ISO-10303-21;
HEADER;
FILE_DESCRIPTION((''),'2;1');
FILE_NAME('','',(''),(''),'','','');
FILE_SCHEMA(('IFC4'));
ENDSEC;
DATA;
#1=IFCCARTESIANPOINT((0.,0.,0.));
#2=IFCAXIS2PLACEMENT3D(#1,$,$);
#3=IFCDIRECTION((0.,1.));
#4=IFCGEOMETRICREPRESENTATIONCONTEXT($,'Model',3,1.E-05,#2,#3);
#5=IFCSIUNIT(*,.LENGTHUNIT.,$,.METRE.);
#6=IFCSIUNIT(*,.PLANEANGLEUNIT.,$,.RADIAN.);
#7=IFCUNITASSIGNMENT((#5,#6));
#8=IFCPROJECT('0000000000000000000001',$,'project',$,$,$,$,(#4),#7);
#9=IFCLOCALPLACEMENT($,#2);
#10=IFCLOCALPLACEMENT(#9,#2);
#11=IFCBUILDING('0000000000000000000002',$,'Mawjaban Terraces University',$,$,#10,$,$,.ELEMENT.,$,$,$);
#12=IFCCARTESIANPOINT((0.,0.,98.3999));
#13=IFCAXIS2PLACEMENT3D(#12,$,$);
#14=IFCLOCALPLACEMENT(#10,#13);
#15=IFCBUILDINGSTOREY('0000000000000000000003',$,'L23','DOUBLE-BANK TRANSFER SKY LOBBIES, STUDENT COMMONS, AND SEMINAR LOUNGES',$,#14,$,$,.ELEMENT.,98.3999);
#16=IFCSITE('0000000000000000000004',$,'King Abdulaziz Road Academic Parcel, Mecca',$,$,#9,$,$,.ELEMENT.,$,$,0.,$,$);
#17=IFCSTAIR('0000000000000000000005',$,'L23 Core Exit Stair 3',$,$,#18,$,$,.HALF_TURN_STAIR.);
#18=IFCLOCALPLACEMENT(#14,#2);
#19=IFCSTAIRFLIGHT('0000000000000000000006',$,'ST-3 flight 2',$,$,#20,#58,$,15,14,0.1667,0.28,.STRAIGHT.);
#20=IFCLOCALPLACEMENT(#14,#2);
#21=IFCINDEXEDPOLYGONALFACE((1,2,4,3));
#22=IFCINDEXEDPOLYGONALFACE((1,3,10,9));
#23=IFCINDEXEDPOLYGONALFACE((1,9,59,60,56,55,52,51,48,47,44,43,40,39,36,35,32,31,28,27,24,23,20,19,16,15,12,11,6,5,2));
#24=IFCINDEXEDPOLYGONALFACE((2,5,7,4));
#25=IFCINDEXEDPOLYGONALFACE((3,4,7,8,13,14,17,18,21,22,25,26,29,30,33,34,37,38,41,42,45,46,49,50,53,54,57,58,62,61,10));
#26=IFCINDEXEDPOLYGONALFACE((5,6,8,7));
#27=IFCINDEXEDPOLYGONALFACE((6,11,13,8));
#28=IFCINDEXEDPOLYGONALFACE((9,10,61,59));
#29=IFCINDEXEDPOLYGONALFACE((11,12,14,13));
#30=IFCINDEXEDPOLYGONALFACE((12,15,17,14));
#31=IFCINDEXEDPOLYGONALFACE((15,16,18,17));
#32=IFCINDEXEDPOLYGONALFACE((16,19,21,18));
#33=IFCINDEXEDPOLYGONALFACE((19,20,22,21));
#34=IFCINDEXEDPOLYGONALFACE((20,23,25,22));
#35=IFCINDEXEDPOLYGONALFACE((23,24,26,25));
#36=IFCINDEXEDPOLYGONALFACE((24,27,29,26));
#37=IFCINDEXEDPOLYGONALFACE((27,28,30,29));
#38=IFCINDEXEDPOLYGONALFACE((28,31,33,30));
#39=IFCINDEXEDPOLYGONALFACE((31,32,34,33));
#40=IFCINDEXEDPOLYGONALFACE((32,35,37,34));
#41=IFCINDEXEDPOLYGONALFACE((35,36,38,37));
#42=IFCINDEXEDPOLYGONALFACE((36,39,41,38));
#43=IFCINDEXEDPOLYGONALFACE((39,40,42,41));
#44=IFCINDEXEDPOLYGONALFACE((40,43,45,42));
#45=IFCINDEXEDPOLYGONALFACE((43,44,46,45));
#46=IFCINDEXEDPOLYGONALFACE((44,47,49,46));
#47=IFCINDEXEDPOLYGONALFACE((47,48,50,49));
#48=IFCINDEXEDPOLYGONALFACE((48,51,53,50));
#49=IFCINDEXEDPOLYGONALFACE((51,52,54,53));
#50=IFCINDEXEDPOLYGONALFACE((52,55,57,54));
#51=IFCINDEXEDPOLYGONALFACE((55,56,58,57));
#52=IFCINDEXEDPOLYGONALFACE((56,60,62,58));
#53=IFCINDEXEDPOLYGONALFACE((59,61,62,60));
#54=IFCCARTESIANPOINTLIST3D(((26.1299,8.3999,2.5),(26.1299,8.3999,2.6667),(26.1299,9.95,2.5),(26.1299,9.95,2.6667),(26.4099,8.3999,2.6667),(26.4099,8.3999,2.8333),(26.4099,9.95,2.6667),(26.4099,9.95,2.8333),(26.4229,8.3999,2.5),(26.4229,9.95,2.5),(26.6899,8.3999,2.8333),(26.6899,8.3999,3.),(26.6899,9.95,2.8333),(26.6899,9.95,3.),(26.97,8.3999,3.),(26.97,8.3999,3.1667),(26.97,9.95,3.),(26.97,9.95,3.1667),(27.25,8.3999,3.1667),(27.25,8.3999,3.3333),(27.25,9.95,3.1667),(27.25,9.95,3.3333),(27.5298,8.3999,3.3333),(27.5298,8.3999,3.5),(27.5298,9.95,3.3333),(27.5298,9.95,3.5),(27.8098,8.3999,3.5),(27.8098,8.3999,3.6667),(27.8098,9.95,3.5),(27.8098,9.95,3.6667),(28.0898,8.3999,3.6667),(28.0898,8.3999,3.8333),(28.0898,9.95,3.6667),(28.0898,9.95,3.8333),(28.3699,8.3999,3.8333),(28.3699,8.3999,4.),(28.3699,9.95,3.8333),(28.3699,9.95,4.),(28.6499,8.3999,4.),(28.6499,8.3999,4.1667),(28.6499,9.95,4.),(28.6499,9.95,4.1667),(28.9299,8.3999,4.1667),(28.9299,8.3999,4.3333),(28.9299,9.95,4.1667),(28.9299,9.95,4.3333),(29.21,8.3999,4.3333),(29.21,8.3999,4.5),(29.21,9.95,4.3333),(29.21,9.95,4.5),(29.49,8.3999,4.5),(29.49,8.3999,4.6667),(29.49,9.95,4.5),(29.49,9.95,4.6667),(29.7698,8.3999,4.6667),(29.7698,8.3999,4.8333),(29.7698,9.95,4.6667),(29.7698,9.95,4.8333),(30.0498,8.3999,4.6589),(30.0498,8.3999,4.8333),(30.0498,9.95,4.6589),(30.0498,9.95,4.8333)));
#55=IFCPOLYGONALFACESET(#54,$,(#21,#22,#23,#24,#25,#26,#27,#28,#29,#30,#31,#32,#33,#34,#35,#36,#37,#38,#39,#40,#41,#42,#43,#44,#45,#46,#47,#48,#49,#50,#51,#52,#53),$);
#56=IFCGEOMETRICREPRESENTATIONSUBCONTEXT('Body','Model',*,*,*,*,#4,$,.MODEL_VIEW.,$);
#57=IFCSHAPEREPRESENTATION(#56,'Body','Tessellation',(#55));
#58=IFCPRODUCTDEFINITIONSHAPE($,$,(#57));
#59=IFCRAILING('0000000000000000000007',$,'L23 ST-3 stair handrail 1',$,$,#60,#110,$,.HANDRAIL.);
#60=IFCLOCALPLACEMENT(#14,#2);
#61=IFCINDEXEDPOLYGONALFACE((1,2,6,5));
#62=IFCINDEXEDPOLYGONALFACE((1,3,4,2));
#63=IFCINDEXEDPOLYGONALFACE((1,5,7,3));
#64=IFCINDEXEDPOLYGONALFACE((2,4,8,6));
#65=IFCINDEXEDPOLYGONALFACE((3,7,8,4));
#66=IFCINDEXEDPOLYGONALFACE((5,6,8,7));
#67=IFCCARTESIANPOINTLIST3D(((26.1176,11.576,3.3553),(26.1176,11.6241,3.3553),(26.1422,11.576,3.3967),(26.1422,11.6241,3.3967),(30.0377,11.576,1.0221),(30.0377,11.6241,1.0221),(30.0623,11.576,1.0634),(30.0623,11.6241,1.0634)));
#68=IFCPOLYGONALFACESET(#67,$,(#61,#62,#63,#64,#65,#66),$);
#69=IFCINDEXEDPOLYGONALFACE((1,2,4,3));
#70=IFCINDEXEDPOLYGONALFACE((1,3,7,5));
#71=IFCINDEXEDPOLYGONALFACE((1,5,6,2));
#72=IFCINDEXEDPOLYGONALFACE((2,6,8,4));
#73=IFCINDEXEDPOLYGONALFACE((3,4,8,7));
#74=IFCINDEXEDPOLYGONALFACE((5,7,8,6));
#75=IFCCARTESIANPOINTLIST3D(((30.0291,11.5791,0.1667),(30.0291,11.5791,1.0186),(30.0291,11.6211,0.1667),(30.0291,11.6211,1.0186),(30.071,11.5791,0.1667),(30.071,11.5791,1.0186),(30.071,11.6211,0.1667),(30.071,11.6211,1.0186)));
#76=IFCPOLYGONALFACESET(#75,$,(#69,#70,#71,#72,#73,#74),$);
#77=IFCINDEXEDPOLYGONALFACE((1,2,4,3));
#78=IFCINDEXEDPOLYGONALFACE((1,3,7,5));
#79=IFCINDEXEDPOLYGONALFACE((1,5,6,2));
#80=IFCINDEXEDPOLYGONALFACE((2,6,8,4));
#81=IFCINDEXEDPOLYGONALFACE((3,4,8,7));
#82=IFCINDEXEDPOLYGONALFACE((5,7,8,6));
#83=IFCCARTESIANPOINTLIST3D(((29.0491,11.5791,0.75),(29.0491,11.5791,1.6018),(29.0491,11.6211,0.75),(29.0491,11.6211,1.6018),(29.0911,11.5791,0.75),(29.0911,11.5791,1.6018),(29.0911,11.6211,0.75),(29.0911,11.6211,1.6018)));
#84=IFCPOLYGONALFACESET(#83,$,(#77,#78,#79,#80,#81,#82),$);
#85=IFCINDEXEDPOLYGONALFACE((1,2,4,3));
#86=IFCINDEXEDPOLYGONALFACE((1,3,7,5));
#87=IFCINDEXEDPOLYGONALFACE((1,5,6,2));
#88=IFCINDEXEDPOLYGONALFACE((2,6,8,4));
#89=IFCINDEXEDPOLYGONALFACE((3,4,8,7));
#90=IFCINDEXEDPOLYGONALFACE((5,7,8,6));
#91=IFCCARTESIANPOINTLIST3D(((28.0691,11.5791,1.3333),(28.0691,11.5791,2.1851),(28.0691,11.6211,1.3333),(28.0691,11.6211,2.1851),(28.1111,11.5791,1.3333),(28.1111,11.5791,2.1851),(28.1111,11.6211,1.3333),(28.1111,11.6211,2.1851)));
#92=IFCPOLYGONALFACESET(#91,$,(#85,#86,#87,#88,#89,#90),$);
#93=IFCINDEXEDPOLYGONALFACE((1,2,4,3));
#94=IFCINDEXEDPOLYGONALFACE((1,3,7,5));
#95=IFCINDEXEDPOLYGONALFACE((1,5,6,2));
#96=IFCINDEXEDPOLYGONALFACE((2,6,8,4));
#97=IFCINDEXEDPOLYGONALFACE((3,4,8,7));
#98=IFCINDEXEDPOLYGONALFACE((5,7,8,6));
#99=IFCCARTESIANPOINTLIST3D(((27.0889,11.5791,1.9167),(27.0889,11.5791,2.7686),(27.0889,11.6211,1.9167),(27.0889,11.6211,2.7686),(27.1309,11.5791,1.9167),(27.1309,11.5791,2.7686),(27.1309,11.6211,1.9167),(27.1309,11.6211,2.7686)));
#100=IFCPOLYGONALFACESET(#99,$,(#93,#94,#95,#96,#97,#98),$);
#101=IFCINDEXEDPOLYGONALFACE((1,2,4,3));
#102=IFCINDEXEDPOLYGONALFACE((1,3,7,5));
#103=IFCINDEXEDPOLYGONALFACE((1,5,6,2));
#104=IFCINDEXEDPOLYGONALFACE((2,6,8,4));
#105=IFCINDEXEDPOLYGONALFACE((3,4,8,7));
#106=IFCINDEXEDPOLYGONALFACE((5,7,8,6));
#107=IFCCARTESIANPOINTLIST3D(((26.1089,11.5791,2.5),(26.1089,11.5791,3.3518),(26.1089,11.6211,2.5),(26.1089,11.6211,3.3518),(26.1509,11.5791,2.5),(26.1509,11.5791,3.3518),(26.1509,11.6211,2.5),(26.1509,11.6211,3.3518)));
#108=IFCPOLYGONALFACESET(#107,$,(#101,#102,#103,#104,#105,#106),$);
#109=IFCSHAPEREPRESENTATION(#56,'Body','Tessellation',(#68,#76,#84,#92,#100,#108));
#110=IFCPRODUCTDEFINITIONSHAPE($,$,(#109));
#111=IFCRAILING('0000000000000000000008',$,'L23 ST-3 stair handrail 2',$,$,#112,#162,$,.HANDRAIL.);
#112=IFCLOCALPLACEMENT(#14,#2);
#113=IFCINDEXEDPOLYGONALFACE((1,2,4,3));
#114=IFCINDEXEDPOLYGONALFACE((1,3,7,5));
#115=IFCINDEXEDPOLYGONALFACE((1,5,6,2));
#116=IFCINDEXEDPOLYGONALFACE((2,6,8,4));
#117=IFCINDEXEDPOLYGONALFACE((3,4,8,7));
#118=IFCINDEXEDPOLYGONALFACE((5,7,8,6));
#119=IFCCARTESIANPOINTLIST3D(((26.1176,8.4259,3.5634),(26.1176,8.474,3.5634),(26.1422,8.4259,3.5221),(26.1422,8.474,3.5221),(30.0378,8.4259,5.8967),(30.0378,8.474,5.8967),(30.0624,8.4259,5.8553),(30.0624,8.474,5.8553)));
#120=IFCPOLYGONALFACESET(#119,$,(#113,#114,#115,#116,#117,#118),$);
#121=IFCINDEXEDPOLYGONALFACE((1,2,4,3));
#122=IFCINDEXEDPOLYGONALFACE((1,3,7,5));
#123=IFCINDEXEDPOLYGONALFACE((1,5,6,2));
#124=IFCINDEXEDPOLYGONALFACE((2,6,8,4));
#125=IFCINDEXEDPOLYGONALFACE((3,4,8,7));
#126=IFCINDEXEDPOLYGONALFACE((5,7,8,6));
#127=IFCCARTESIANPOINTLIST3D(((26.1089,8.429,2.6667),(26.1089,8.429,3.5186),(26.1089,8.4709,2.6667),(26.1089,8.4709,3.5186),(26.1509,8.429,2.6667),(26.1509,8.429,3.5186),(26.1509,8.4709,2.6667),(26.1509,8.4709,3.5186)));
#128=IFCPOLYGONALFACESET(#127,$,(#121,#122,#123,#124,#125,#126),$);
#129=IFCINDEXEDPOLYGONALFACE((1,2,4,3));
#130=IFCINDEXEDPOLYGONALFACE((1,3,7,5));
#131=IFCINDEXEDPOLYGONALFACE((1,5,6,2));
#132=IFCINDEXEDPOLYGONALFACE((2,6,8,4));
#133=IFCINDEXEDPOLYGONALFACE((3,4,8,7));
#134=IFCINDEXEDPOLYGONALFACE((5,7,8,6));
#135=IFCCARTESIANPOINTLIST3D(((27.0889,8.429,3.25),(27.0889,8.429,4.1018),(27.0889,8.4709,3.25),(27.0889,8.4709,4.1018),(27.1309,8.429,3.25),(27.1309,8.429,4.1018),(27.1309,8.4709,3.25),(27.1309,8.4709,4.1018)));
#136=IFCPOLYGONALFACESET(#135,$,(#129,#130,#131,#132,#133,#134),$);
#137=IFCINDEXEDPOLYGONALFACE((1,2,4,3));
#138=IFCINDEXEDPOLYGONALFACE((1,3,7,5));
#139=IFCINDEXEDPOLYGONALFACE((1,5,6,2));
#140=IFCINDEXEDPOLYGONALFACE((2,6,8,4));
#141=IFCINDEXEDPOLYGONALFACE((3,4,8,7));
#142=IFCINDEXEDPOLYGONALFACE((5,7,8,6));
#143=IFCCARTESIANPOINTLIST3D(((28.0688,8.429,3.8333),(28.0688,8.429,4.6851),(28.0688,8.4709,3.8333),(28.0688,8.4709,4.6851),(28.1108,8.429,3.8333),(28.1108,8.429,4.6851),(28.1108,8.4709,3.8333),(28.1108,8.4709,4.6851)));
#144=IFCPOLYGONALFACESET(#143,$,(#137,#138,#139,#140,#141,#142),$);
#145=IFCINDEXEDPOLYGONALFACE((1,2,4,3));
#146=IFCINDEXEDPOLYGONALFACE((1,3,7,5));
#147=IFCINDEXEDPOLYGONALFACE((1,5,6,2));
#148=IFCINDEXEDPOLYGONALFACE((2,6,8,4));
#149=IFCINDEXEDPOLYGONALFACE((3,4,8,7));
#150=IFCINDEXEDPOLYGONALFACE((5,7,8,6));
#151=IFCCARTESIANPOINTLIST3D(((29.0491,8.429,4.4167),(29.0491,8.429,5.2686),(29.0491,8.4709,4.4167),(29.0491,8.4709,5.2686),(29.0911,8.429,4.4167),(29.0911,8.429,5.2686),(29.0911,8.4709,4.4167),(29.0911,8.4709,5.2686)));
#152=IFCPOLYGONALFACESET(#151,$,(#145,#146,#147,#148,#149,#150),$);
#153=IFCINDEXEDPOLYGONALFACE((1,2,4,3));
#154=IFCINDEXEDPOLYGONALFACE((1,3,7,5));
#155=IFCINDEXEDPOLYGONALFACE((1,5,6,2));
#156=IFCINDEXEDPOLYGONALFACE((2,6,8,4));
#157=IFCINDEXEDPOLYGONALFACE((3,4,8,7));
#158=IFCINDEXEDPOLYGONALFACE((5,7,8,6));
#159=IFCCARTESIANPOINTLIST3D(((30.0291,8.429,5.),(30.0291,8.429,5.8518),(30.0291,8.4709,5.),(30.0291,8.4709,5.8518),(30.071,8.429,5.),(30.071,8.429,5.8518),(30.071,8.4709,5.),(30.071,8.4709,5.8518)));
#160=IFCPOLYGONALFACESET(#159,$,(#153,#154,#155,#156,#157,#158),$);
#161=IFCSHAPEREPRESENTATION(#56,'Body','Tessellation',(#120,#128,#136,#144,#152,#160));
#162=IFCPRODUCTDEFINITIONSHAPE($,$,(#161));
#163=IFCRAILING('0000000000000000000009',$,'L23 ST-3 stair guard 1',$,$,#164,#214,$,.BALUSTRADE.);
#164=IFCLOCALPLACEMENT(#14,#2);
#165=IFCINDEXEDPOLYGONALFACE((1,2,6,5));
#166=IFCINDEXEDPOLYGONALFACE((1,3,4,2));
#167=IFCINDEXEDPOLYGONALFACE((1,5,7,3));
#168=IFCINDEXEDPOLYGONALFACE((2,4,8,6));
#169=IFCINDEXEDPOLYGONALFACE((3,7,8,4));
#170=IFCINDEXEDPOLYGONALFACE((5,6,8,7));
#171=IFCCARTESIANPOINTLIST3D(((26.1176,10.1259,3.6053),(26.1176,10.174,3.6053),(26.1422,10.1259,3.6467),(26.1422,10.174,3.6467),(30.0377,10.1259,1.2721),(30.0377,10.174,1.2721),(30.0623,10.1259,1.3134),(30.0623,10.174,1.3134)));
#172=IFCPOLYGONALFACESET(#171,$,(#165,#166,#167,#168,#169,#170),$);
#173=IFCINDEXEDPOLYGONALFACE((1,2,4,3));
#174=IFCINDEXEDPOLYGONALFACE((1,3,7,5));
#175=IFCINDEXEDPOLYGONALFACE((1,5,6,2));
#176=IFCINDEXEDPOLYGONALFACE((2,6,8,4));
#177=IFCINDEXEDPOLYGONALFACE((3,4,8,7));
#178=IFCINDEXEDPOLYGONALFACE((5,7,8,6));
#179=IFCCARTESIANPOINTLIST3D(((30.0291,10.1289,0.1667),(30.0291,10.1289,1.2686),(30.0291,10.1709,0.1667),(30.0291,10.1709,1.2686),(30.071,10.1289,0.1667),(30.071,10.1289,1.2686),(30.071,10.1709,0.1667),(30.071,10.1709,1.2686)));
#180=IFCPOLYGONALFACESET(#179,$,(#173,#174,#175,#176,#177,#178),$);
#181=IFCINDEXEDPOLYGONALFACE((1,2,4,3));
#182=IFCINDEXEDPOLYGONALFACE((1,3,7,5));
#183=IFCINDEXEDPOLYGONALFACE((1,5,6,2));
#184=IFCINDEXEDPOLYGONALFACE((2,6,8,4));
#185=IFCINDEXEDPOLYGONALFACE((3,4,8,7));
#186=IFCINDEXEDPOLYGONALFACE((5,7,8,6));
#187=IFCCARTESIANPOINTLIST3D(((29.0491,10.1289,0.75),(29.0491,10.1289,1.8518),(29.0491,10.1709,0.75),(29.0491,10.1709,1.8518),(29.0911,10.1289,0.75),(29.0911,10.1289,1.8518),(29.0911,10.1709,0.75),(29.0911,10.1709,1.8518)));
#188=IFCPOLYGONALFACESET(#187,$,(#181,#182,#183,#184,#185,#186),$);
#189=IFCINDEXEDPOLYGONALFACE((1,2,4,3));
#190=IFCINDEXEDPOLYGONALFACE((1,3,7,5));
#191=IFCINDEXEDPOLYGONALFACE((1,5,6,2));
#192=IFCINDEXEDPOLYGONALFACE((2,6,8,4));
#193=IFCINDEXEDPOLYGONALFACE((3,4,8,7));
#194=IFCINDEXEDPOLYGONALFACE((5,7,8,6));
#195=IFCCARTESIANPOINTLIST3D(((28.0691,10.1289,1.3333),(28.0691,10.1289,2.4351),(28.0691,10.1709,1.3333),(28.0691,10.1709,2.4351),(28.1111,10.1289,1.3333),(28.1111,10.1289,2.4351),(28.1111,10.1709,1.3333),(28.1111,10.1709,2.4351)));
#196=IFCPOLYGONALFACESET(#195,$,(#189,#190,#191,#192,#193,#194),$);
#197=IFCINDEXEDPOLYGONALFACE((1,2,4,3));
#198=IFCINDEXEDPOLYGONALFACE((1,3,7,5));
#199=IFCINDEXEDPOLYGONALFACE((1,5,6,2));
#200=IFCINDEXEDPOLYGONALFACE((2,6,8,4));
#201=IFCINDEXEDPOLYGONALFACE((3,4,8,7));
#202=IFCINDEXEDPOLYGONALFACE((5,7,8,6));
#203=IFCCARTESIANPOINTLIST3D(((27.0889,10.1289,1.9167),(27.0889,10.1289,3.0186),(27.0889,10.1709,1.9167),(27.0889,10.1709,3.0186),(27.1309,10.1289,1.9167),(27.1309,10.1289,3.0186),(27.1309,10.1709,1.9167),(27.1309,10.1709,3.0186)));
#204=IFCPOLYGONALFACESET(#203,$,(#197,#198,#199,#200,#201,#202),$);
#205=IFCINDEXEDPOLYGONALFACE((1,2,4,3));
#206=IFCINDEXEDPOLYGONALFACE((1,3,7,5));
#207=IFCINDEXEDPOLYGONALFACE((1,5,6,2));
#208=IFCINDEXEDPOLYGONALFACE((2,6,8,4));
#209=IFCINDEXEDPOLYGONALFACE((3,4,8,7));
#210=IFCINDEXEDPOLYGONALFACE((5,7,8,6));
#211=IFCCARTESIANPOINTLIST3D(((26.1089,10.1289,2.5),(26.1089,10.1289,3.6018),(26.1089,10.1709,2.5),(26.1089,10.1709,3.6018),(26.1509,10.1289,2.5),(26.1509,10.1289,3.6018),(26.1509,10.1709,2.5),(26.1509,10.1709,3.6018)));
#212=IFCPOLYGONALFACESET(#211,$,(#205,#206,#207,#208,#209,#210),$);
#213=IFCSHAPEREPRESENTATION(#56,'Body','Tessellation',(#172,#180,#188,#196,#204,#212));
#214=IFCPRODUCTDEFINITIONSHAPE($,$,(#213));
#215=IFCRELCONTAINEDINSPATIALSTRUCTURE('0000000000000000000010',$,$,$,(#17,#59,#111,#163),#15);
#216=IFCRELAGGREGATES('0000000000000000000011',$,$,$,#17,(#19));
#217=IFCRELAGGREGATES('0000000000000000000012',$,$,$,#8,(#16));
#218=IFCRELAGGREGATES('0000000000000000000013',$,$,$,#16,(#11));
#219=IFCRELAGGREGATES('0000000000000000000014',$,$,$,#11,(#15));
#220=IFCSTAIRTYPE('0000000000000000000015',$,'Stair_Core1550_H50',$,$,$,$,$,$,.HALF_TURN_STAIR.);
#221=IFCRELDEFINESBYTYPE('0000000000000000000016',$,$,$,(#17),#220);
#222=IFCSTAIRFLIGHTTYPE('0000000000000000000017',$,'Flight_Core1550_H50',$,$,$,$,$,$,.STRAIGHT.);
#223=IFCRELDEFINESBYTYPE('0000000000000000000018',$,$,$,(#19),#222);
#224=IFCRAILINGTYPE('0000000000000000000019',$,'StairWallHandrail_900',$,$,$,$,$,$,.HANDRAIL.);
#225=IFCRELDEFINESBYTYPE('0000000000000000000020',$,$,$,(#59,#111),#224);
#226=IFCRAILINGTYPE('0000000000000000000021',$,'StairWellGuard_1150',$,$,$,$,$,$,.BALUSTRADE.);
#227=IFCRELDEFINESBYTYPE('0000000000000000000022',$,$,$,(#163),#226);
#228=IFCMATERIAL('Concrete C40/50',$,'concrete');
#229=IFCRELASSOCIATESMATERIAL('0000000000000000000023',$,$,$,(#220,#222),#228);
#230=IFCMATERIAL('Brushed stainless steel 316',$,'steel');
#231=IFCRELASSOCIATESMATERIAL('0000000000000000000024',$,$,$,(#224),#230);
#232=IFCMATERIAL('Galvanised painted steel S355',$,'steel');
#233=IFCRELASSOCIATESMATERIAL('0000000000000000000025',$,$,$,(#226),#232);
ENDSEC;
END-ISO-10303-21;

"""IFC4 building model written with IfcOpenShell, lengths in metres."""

from ifc_helpers import new_model, si_unit, direction, frame, origin, origin_2d, place, context, subcontext, project, spatial, polyline, rectangle, outline, extrude, material, type_object, element, aggregate, save


model = new_model("IFC4")

# Units and contexts
model_context = context("Model", 3, precision=1e-05, world=origin(), true_north=direction((0.0, 1.0)))
body_context = subcontext(model_context, "Body", "Model", "MODEL_VIEW")
ifc_project = project(units=[si_unit("LENGTHUNIT", "METRE"), si_unit("PLANEANGLEUNIT", "RADIAN")], contexts=[model_context])

# Site, building, storey
site_placement = place(None, origin())
site = spatial("IfcSite", under=ifc_project, at=site_placement, Name="King Abdulaziz Road Academic Parcel, Mecca", CompositionType="ELEMENT", RefElevation=0.0)
building_placement = place(site_placement, origin())
building = spatial("IfcBuilding", under=site, at=building_placement, Name="Mawjaban Terraces University", CompositionType="ELEMENT")
storey_placement = place(building_placement, frame((0.0, 0.0, 98.3999)))
storey = spatial("IfcBuildingStorey", under=building, at=storey_placement, Name="L23", Description="DOUBLE-BANK TRANSFER SKY LOBBIES, STUDENT COMMONS, AND SEMINAR LOUNGES", CompositionType="ELEMENT", Elevation=98.3999)

# Shared definitions
ifc_material_1 = material(Name="Concrete C40/50", Category="concrete")

# Stair, stair flight
stair_type = type_object("IfcStairType", Name="Stair_Core1550_H50", PredefinedType="HALF_TURN_STAIR", material=ifc_material_1)
stair_placement = place(storey_placement, origin())
stair = element("IfcStair", 1, at=stair_placement, inside=storey, type_object=stair_type, Name="L23 Core Exit Stair 3", PredefinedType="HALF_TURN_STAIR")
stair_flight_type = type_object("IfcStairFlightType", Name="Flight_Core1550_H50", PredefinedType="STRAIGHT", material=ifc_material_1)
stair_flight_1_placement = place(storey_placement, frame((26.1299, 9.175, 2.5), z_axis=(0.0, 0.0, 1.0), x_axis=(1.0, 0.0, 0.0)))
stair_flight_1 = element("IfcStairFlight", 2, at=stair_flight_1_placement, type_object=stair_flight_type, Name="ST-3 flight 2", NumberOfRisers=15, NumberOfTreads=14, PredefinedType="STRAIGHT", RiserHeight=0.1667, TreadLength=0.28, context=body_context, shape_type="SweptSolid", body=[
    extrude(outline(polyline([(0.0, 0.0), (0.0, 0.1667), (0.28, 0.1667), (0.28, 0.3333), (0.5601, 0.3333), (0.5601, 0.5), (0.8401, 0.5), (0.8401, 0.6667), (1.1201, 0.6667), (1.1201, 0.8333), (1.3999, 0.8333), (1.3999, 1.0), (1.6799, 1.0), (1.6799, 1.1667), (1.96, 1.1667), (1.96, 1.3333), (2.24, 1.3333), (2.24, 1.5), (2.52, 1.5), (2.52, 1.6667), (2.8, 1.6667), (2.8, 1.8333), (3.0801, 1.8333), (3.0801, 2.0), (3.3601, 2.0), (3.3601, 2.1667), (3.6399, 2.1667), (3.6399, 2.3333), (3.9199, 2.3333), (3.9199, 2.5), (3.9199, 2.1589), (0.293, 0.0), (0.0, 0.0)])), frame((0.0, 0.7749, 0.0), z_axis=(0.0, -1.0, 0.0), x_axis=(1.0, 0.0, 0.0)), (0.0, 0.0, 1.0), 1.55),
])
aggregate(stair, [stair_flight_1])

# Railings
ifc_material_2 = material(Name="Brushed stainless steel 316", Category="steel")
railing_type_1 = type_object("IfcRailingType", Name="StairWallHandrail_900", PredefinedType="HANDRAIL", material=ifc_material_2)
railing_1_placement = place(storey_placement, frame((30.05, 11.6001, 0.1667)))
element("IfcRailing", 3, at=railing_1_placement, inside=storey, type_object=railing_type_1, Name="L23 ST-3 stair handrail 1", PredefinedType="HANDRAIL", context=body_context, shape_type="SweptSolid", body=[
    extrude(rectangle(XDim=0.0481, YDim=0.0481, at=origin_2d()), frame((0.0, 0.0, 0.876), z_axis=(-0.85931, 0.0, 0.511455), x_axis=(0.0, -1.0, 0.0)), (0.0, 0.0, 1.0), 4.562),
    extrude(rectangle(XDim=0.042, YDim=0.042, at=origin_2d()), origin(), (0.0, 0.0, 1.0), 0.8518),
    extrude(rectangle(XDim=0.042, YDim=0.042, at=origin_2d()), frame((-0.98, 0.0, 0.5833)), (0.0, 0.0, 1.0), 0.8518),
    extrude(rectangle(XDim=0.042, YDim=0.042, at=origin_2d()), frame((-1.96, 0.0, 1.1665)), (0.0, 0.0, 1.0), 0.8518),
    extrude(rectangle(XDim=0.042, YDim=0.042, at=origin_2d()), frame((-2.9402, 0.0, 1.75)), (0.0, 0.0, 1.0), 0.8518),
    extrude(rectangle(XDim=0.042, YDim=0.042, at=origin_2d()), frame((-3.9202, 0.0, 2.3333)), (0.0, 0.0, 1.0), 0.8518),
])
railing_2_placement = place(storey_placement, frame((26.1299, 8.45, 2.6667)))
element("IfcRailing", 4, at=railing_2_placement, inside=storey, type_object=railing_type_1, Name="L23 ST-3 stair handrail 2", PredefinedType="HANDRAIL", context=body_context, shape_type="SweptSolid", body=[
    extrude(rectangle(XDim=0.0481, YDim=0.0481, at=origin_2d()), frame((0.0, 0.0, 0.876), z_axis=(0.85931, 0.0, 0.511455), x_axis=(0.0, 1.0, 0.0)), (0.0, 0.0, 1.0), 4.562),
    extrude(rectangle(XDim=0.042, YDim=0.042, at=origin_2d()), origin(), (0.0, 0.0, 1.0), 0.8518),
    extrude(rectangle(XDim=0.042, YDim=0.042, at=origin_2d()), frame((0.98, 0.0, 0.5833)), (0.0, 0.0, 1.0), 0.8518),
    extrude(rectangle(XDim=0.042, YDim=0.042, at=origin_2d()), frame((1.96, 0.0, 1.1665)), (0.0, 0.0, 1.0), 0.8518),
    extrude(rectangle(XDim=0.042, YDim=0.042, at=origin_2d()), frame((2.9402, 0.0, 1.75)), (0.0, 0.0, 1.0), 0.8518),
    extrude(rectangle(XDim=0.042, YDim=0.042, at=origin_2d()), frame((3.9202, 0.0, 2.3333)), (0.0, 0.0, 1.0), 0.8518),
])
ifc_material_3 = material(Name="Galvanised painted steel S355", Category="steel")
railing_type_2 = type_object("IfcRailingType", Name="StairWellGuard_1150", PredefinedType="BALUSTRADE", material=ifc_material_3)
railing_3_placement = place(storey_placement, frame((30.05, 10.1499, 0.1667)))
element("IfcRailing", 5, at=railing_3_placement, inside=storey, type_object=railing_type_2, Name="L23 ST-3 stair guard 1", PredefinedType="BALUSTRADE", context=body_context, shape_type="SweptSolid", body=[
    extrude(rectangle(XDim=0.0481, YDim=0.0481, at=origin_2d()), frame((0.0, 0.0, 1.126), z_axis=(-0.85931, 0.0, 0.511455), x_axis=(0.0, -1.0, 0.0)), (0.0, 0.0, 1.0), 4.562),
    extrude(rectangle(XDim=0.042, YDim=0.042, at=origin_2d()), origin(), (0.0, 0.0, 1.0), 1.1018),
    extrude(rectangle(XDim=0.042, YDim=0.042, at=origin_2d()), frame((-0.98, 0.0, 0.5833)), (0.0, 0.0, 1.0), 1.1018),
    extrude(rectangle(XDim=0.042, YDim=0.042, at=origin_2d()), frame((-1.96, 0.0, 1.1665)), (0.0, 0.0, 1.0), 1.1018),
    extrude(rectangle(XDim=0.042, YDim=0.042, at=origin_2d()), frame((-2.9402, 0.0, 1.75)), (0.0, 0.0, 1.0), 1.1018),
    extrude(rectangle(XDim=0.042, YDim=0.042, at=origin_2d()), frame((-3.9202, 0.0, 2.3333)), (0.0, 0.0, 1.0), 1.1018),
])

save(model, "model.ifc")
